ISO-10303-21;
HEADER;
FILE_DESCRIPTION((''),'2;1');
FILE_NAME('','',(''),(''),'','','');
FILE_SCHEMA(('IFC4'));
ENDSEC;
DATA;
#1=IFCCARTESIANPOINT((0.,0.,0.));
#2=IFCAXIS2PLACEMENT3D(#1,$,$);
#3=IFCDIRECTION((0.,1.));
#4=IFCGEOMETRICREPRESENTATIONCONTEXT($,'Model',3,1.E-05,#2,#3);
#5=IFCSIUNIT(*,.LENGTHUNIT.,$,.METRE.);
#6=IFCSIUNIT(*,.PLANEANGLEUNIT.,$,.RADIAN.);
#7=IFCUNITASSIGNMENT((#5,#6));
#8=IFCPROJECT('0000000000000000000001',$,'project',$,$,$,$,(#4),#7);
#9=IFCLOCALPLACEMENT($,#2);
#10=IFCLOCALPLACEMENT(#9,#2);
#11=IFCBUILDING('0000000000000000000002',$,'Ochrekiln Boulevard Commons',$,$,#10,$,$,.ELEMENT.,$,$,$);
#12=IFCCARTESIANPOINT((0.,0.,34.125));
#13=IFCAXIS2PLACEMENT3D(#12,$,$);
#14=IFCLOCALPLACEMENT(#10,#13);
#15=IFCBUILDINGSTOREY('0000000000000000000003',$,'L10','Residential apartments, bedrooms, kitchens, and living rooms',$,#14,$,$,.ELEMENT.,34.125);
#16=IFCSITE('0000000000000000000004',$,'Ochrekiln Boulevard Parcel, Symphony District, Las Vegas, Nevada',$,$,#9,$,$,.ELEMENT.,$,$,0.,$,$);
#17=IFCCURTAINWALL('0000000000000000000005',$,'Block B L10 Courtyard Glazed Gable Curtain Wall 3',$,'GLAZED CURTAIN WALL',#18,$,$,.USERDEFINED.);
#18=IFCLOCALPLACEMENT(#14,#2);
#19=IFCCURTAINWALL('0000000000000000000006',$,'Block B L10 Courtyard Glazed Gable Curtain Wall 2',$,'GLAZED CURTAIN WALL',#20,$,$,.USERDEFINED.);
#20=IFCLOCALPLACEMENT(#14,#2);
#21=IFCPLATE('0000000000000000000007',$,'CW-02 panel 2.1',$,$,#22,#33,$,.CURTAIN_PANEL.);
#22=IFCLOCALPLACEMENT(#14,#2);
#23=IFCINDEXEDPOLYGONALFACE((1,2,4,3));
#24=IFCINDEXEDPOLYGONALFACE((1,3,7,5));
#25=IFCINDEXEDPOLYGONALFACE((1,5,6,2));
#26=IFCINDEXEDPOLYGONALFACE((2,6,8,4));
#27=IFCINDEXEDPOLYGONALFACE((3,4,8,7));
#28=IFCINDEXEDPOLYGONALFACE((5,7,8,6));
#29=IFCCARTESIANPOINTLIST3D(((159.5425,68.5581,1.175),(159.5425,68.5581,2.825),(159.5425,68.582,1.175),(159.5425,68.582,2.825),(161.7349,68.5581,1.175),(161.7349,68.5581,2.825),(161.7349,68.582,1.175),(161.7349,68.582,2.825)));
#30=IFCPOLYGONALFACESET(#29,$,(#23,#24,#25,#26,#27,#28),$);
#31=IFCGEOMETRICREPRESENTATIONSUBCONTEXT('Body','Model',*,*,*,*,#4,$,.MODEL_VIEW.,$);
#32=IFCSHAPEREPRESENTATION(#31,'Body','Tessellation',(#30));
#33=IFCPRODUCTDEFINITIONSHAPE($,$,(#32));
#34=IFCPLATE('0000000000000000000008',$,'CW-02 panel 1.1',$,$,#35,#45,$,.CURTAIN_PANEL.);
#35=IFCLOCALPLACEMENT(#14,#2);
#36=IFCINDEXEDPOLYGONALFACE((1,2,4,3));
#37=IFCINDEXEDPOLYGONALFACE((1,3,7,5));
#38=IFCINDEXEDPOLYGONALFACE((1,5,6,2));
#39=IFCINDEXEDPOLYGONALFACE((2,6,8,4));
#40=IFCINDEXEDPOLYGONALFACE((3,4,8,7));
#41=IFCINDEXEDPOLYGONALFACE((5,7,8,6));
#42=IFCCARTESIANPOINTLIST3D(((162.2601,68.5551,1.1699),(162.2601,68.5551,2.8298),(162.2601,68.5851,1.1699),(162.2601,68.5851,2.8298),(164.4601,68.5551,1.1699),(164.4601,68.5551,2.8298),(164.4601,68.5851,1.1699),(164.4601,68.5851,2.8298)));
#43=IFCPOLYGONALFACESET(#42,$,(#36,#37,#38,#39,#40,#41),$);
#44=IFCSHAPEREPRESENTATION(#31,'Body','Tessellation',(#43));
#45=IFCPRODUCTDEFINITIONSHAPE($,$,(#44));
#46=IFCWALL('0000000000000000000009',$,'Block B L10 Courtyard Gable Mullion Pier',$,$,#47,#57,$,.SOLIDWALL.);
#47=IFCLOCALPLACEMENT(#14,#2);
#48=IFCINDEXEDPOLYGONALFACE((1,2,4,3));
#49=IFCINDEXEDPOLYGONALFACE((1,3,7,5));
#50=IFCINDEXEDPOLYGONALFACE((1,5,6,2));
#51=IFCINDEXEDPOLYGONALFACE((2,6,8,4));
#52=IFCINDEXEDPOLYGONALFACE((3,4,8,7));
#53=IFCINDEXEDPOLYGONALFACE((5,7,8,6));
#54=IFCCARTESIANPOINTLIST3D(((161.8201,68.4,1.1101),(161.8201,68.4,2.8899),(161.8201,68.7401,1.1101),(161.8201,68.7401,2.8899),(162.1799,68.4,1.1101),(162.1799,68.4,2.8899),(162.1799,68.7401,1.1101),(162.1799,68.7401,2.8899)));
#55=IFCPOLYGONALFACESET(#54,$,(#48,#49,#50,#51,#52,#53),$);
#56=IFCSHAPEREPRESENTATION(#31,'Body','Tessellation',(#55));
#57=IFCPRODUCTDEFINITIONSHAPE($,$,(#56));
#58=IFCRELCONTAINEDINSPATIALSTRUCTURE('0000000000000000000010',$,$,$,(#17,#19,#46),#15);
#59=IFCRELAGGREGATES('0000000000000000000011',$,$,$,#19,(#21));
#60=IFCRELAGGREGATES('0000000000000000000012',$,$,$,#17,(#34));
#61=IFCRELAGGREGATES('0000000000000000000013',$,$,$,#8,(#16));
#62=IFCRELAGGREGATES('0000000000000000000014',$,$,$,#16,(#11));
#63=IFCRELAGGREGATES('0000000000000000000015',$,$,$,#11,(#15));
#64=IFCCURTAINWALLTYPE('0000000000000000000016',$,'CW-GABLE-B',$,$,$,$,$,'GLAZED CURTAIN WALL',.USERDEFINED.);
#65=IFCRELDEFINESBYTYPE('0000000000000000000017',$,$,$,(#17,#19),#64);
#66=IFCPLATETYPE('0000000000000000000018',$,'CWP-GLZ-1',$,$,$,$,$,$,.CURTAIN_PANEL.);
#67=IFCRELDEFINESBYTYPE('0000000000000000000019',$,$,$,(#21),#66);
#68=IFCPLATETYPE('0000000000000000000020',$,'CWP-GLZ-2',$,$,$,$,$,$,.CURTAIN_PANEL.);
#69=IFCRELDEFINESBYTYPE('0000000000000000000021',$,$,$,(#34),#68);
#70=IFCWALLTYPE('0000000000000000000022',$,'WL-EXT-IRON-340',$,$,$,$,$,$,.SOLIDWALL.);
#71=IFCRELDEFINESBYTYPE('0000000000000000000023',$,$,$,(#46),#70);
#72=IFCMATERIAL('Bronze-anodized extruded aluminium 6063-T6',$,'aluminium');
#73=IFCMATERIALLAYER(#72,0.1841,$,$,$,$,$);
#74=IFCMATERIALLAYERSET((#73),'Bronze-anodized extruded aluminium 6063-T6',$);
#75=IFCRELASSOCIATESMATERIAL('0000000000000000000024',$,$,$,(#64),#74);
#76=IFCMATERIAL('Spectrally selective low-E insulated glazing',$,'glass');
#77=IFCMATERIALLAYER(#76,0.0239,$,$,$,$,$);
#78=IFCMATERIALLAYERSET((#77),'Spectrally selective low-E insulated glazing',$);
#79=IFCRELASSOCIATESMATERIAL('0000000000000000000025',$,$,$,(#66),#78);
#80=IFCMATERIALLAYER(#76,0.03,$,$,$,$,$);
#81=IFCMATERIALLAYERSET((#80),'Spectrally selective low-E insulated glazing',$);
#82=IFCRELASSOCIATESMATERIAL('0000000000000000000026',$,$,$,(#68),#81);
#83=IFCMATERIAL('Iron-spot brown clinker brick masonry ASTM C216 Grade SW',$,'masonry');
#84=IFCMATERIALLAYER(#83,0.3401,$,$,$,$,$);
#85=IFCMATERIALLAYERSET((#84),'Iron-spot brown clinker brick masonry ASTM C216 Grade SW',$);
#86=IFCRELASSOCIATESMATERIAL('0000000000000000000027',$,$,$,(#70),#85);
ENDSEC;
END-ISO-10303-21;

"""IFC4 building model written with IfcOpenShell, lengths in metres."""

from ifc_helpers import new_model, si_unit, direction, frame, frame_2d, origin, origin_2d, place, context, subcontext, project, spatial, rectangle, extrude, material, layer, layer_set, type_object, element, aggregate, save


model = new_model("IFC4")

# Units and contexts
model_context = context("Model", 3, precision=1e-05, world=origin(), true_north=direction((0.0, 1.0)))
body_context = subcontext(model_context, "Body", "Model", "MODEL_VIEW")
ifc_project = project(units=[si_unit("LENGTHUNIT", "METRE"), si_unit("PLANEANGLEUNIT", "RADIAN")], contexts=[model_context])

# Site, building, storey
site_placement = place(None, origin())
site = spatial("IfcSite", under=ifc_project, at=site_placement, Name="Ochrekiln Boulevard Parcel, Symphony District, Las Vegas, Nevada", CompositionType="ELEMENT", RefElevation=0.0)
building_placement = place(site_placement, origin())
building = spatial("IfcBuilding", under=site, at=building_placement, Name="Ochrekiln Boulevard Commons", CompositionType="ELEMENT")
storey_placement = place(building_placement, frame((0.0, 0.0, 34.125)))
storey = spatial("IfcBuildingStorey", under=building, at=storey_placement, Name="L10", Description="Residential apartments, bedrooms, kitchens, and living rooms", CompositionType="ELEMENT", Elevation=34.125)

# Curtain walls
ifc_material_1 = material(Name="Bronze-anodized extruded aluminium 6063-T6", Category="aluminium")
ifc_layer_1 = layer(ifc_material_1, 0.1841)
ifc_layer_set_1 = layer_set([ifc_layer_1], Name="Bronze-anodized extruded aluminium 6063-T6")
curtain_wall_type = type_object("IfcCurtainWallType", Name="CW-GABLE-B", ElementType="GLAZED CURTAIN WALL", PredefinedType="USERDEFINED", material=ifc_layer_set_1)
curtain_wall_1_placement = place(storey_placement, origin())
curtain_wall_1 = element("IfcCurtainWall", 1, at=curtain_wall_1_placement, inside=storey, type_object=curtain_wall_type, Name="Block B L10 Courtyard Glazed Gable Curtain Wall 3", ObjectType="GLAZED CURTAIN WALL", PredefinedType="USERDEFINED")
curtain_wall_2_placement = place(storey_placement, origin())
curtain_wall_2 = element("IfcCurtainWall", 2, at=curtain_wall_2_placement, inside=storey, type_object=curtain_wall_type, Name="Block B L10 Courtyard Glazed Gable Curtain Wall 2", ObjectType="GLAZED CURTAIN WALL", PredefinedType="USERDEFINED")

# Plates
ifc_material_2 = material(Name="Spectrally selective low-E insulated glazing", Category="glass")
ifc_layer_2 = layer(ifc_material_2, 0.0239)
ifc_layer_set_2 = layer_set([ifc_layer_2], Name="Spectrally selective low-E insulated glazing")
plate_type_1 = type_object("IfcPlateType", Name="CWP-GLZ-1", PredefinedType="CURTAIN_PANEL", material=ifc_layer_set_2)
plate_1_placement = place(storey_placement, frame((160.6387, 68.5701, 1.175), z_axis=(0.0, 0.0, 1.0), x_axis=(1.0, 0.0, 0.0)))
plate_1 = element("IfcPlate", 3, at=plate_1_placement, type_object=plate_type_1, Name="CW-02 panel 2.1", PredefinedType="CURTAIN_PANEL", context=body_context, shape_type="SweptSolid", body=[
    extrude(rectangle(XDim=2.1924, YDim=0.0239, at=origin_2d()), origin(), (0.0, 0.0, 1.0), 1.6499),
])
aggregate(curtain_wall_2, [plate_1])
ifc_layer_3 = layer(ifc_material_2, 0.03)
ifc_layer_set_3 = layer_set([ifc_layer_3], Name="Spectrally selective low-E insulated glazing")
plate_type_2 = type_object("IfcPlateType", Name="CWP-GLZ-2", PredefinedType="CURTAIN_PANEL", material=ifc_layer_set_3)
plate_2_placement = place(storey_placement, frame((163.3601, 68.5701, 1.1699), z_axis=(0.0, 0.0, 1.0), x_axis=(1.0, 0.0, 0.0)))
plate_2 = element("IfcPlate", 4, at=plate_2_placement, type_object=plate_type_2, Name="CW-02 panel 1.1", PredefinedType="CURTAIN_PANEL", context=body_context, shape_type="SweptSolid", body=[
    extrude(rectangle(XDim=2.2, YDim=0.03, at=origin_2d()), origin(), (0.0, 0.0, 1.0), 1.6599),
])
aggregate(curtain_wall_1, [plate_2])

# Wall
ifc_material_3 = material(Name="Iron-spot brown clinker brick masonry ASTM C216 Grade SW", Category="masonry")
ifc_layer_4 = layer(ifc_material_3, 0.3401)
ifc_layer_set_4 = layer_set([ifc_layer_4], Name="Iron-spot brown clinker brick masonry ASTM C216 Grade SW")
wall_type = type_object("IfcWallType", Name="WL-EXT-IRON-340", PredefinedType="SOLIDWALL", material=ifc_layer_set_4)
wall_placement = place(storey_placement, frame((161.8201, 68.5701, 1.1101), z_axis=(0.0, 0.0, 1.0), x_axis=(1.0, 0.0, 0.0)))
element("IfcWall", 5, at=wall_placement, inside=storey, type_object=wall_type, Name="Block B L10 Courtyard Gable Mullion Pier", PredefinedType="SOLIDWALL", context=body_context, shape_type="SweptSolid", body=[
    extrude(rectangle(XDim=0.3599, YDim=0.3401, at=frame_2d((0.1799, 0.0))), origin(), (0.0, 0.0, 1.0), 1.7798),
])

save(model, "model.ifc")
